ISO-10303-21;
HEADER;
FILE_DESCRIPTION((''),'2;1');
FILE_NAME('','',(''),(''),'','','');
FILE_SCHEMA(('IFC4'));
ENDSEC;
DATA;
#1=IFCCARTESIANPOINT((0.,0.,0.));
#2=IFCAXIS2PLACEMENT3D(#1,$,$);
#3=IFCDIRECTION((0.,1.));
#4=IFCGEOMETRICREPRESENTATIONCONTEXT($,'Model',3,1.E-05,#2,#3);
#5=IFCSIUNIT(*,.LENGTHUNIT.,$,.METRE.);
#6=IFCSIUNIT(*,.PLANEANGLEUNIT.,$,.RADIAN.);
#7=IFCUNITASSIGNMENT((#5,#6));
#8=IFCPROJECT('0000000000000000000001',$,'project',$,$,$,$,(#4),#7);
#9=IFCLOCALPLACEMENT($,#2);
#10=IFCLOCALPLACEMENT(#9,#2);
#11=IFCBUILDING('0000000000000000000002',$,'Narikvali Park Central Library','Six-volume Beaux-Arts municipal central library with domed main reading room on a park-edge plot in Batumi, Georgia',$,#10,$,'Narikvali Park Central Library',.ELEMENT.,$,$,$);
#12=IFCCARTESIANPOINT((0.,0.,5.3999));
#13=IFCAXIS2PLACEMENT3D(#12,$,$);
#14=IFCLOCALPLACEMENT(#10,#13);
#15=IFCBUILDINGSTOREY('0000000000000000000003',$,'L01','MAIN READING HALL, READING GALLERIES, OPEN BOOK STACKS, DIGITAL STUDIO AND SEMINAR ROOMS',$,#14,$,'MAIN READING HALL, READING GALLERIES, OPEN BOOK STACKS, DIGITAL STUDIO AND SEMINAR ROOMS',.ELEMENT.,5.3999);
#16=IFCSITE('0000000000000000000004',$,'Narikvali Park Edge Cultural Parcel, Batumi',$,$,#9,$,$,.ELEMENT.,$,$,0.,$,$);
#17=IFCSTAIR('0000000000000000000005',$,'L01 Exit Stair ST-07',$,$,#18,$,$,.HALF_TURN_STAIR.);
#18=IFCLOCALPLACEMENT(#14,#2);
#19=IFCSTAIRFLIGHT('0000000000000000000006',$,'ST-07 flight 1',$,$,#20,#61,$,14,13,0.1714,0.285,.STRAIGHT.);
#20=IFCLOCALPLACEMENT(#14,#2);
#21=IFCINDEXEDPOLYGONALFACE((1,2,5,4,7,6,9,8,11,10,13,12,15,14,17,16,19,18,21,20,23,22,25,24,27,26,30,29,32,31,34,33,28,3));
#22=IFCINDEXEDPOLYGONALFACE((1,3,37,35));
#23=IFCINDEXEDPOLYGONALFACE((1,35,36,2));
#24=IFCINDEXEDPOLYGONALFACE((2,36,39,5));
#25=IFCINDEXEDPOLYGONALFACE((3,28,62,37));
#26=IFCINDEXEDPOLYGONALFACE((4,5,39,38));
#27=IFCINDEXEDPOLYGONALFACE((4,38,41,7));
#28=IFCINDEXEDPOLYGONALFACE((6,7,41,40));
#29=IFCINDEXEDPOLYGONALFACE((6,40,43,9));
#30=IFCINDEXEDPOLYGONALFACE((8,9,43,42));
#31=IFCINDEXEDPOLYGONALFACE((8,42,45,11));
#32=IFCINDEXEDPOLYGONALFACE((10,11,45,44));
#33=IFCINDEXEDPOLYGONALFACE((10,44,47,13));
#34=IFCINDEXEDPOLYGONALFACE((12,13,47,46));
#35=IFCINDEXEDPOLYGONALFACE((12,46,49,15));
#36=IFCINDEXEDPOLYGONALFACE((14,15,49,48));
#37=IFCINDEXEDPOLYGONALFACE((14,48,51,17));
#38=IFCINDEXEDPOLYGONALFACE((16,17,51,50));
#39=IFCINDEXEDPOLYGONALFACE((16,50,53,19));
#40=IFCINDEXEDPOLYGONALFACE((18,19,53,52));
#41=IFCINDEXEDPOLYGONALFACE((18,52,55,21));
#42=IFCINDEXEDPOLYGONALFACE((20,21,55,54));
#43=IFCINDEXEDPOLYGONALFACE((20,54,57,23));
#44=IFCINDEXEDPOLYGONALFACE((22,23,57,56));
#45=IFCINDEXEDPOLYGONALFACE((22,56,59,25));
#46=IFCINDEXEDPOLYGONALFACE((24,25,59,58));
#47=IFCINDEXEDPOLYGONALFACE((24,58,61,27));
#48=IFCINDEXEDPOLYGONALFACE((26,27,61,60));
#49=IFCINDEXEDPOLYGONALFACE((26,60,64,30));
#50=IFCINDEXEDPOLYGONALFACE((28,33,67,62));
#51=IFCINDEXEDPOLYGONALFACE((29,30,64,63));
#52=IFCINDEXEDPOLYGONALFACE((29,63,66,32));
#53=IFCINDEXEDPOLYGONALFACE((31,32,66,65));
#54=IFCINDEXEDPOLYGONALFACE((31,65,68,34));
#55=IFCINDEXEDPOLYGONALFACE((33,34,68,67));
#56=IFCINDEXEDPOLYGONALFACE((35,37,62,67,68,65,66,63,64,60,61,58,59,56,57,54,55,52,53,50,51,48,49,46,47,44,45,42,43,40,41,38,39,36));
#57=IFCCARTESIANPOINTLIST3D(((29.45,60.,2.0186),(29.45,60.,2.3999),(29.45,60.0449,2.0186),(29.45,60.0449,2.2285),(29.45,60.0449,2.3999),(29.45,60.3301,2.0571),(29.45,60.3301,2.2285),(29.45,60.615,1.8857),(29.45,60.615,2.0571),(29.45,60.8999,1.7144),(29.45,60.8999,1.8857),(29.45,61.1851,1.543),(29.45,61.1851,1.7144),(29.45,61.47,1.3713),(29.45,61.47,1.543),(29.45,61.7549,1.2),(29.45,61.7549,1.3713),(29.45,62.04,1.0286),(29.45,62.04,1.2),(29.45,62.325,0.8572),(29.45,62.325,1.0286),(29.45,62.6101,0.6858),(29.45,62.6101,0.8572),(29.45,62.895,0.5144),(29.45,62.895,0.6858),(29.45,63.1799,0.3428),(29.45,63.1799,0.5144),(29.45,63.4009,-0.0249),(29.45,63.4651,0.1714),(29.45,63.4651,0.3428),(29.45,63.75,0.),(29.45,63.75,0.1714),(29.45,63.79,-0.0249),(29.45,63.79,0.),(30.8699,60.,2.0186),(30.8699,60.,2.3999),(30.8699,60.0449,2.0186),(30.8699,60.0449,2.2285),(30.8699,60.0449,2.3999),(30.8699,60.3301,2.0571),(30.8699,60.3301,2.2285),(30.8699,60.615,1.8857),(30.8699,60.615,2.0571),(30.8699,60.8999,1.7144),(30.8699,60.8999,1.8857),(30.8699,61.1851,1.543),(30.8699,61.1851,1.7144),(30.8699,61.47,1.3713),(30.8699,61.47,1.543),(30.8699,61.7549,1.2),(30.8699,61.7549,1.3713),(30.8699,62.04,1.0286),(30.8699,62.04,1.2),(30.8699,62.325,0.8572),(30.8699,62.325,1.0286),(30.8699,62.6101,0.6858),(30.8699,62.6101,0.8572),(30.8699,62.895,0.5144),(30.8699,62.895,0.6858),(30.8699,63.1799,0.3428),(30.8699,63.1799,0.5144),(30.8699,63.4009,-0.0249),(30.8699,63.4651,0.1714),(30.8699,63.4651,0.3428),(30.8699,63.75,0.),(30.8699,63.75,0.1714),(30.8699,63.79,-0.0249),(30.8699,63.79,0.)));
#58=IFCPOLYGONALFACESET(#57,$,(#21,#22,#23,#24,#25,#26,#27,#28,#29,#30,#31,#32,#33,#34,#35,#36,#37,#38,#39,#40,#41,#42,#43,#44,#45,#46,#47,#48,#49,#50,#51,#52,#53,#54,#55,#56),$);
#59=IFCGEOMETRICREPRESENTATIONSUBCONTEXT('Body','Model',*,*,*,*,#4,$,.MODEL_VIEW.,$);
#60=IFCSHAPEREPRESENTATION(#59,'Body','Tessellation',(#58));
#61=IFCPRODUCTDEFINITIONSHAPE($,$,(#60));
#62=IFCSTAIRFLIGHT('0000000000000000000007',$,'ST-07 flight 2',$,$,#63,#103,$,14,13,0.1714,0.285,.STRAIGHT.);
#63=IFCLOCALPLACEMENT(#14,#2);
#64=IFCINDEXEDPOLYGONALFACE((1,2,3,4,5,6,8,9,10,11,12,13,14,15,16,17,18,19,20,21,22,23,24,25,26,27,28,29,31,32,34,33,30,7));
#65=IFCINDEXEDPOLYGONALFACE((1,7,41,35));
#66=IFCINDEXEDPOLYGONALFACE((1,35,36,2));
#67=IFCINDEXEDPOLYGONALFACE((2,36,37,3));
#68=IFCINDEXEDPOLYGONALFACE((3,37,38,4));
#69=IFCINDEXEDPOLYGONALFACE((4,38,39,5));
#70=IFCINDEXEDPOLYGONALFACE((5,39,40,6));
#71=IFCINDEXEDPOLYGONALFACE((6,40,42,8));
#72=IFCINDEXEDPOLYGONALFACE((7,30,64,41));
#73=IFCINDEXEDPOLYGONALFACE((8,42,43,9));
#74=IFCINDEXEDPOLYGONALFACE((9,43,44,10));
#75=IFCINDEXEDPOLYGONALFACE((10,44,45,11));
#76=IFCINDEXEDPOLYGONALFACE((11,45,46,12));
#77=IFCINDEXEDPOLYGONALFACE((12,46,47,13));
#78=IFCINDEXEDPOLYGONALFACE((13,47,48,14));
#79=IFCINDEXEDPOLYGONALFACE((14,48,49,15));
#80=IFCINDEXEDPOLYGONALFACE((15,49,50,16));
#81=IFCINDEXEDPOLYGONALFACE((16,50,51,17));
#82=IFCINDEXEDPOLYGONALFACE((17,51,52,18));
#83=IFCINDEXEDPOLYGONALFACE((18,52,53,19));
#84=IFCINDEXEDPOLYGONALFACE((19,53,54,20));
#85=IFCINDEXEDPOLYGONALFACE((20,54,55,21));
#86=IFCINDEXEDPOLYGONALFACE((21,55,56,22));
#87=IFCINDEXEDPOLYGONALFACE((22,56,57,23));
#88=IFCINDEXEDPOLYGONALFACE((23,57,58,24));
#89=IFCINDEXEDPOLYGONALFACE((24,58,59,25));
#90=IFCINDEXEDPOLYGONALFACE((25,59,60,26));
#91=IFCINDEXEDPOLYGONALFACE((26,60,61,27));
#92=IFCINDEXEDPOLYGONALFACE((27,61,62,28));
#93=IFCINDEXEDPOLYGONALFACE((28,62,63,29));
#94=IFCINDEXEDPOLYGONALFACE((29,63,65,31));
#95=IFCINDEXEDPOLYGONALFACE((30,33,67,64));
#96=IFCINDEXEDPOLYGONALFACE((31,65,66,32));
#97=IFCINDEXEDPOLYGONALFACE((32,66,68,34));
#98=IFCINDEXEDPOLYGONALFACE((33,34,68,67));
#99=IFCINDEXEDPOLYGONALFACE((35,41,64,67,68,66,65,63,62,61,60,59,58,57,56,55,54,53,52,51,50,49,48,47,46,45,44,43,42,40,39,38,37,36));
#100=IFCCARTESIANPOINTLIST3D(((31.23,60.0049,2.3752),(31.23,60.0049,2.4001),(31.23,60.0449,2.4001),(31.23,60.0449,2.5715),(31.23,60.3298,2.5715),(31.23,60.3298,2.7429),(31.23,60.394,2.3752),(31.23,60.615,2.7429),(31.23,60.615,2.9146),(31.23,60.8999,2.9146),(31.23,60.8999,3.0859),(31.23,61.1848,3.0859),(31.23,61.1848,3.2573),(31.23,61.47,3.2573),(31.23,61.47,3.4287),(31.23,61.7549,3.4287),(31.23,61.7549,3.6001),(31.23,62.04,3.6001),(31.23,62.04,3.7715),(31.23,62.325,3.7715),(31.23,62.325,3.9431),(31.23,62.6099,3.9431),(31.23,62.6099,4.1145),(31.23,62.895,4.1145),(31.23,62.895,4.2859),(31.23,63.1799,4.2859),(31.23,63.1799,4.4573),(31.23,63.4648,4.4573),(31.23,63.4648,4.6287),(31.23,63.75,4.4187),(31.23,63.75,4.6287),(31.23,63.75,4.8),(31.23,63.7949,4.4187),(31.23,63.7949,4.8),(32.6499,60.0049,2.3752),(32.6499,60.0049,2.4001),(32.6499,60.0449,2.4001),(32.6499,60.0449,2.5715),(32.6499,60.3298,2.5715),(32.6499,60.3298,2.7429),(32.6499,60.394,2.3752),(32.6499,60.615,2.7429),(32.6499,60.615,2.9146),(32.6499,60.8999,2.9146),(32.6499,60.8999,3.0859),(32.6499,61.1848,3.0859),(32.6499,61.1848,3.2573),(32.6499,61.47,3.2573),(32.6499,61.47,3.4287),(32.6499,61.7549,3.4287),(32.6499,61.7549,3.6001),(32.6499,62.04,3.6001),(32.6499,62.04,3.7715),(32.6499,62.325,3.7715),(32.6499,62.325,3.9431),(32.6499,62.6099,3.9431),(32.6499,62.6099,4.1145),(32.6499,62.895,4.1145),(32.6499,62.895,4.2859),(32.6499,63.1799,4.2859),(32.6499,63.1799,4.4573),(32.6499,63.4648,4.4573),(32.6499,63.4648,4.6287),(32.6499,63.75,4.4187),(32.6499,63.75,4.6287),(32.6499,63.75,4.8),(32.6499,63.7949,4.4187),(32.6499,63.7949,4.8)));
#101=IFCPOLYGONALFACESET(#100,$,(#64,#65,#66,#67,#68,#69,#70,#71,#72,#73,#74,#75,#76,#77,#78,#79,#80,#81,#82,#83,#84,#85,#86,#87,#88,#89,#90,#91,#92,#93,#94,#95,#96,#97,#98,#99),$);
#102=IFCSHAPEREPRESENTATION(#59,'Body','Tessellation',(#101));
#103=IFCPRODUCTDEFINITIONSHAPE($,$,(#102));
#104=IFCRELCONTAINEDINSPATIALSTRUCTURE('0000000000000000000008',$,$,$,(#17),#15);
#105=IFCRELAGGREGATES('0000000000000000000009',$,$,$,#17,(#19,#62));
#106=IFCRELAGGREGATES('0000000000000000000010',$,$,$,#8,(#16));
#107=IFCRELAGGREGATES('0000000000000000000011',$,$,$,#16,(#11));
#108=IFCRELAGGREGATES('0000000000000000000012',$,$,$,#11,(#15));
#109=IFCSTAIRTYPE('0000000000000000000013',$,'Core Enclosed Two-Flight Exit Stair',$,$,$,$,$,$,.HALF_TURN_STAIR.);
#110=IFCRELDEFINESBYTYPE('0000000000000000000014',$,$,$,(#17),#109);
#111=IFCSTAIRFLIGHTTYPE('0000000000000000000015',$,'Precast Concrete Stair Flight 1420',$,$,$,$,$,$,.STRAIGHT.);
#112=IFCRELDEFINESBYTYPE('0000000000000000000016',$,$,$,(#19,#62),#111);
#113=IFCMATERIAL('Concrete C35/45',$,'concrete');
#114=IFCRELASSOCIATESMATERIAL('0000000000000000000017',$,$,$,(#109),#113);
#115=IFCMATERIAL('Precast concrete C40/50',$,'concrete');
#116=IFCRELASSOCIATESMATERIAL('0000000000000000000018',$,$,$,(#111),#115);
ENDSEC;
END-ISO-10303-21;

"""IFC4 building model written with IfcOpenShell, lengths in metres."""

from ifc_helpers import new_model, si_unit, direction, frame, origin, place, context, subcontext, project, spatial, polyline, outline, extrude, material, type_object, element, aggregate, save


model = new_model("IFC4")

# Units and contexts
model_context = context("Model", 3, precision=1e-05, world=origin(), true_north=direction((0.0, 1.0)))
body_context = subcontext(model_context, "Body", "Model", "MODEL_VIEW")
ifc_project = project(units=[si_unit("LENGTHUNIT", "METRE"), si_unit("PLANEANGLEUNIT", "RADIAN")], contexts=[model_context])

# Site, building, storey
site_placement = place(None, origin())
site = spatial("IfcSite", under=ifc_project, at=site_placement, Name="Narikvali Park Edge Cultural Parcel, Batumi", CompositionType="ELEMENT", RefElevation=0.0)
building_placement = place(site_placement, origin())
building = spatial("IfcBuilding", under=site, at=building_placement, Name="Narikvali Park Central Library", Description="Six-volume Beaux-Arts municipal central library with domed main reading room on a park-edge plot in Batumi, Georgia", LongName="Narikvali Park Central Library", CompositionType="ELEMENT")
storey_placement = place(building_placement, frame((0.0, 0.0, 5.3999)))
storey = spatial("IfcBuildingStorey", under=building, at=storey_placement, Name="L01", Description="MAIN READING HALL, READING GALLERIES, OPEN BOOK STACKS, DIGITAL STUDIO AND SEMINAR ROOMS", LongName="MAIN READING HALL, READING GALLERIES, OPEN BOOK STACKS, DIGITAL STUDIO AND SEMINAR ROOMS", CompositionType="ELEMENT", Elevation=5.3999)

# Stair, stair flights
ifc_material_1 = material(Name="Concrete C35/45", Category="concrete")
stair_type = type_object("IfcStairType", Name="Core Enclosed Two-Flight Exit Stair", PredefinedType="HALF_TURN_STAIR", material=ifc_material_1)
stair_placement = place(storey_placement, origin())
stair = element("IfcStair", 1, at=stair_placement, inside=storey, type_object=stair_type, Name="L01 Exit Stair ST-07", PredefinedType="HALF_TURN_STAIR")
ifc_material_2 = material(Name="Precast concrete C40/50", Category="concrete")
stair_flight_type = type_object("IfcStairFlightType", Name="Precast Concrete Stair Flight 1420", PredefinedType="STRAIGHT", material=ifc_material_2)
stair_flight_1_placement = place(storey_placement, frame((30.1599, 63.75, 0.0), z_axis=(0.0, 0.0, 1.0), x_axis=(0.0, -1.0, 0.0)))
stair_flight_1 = element("IfcStairFlight", 2, at=stair_flight_1_placement, type_object=stair_flight_type, Name="ST-07 flight 1", NumberOfRisers=14, NumberOfTreads=13, PredefinedType="STRAIGHT", RiserHeight=0.1714, TreadLength=0.285, context=body_context, shape_type="SweptSolid", body=[
    extrude(outline(polyline([(-0.04, -0.0249), (-0.04, 0.0), (0.0, 0.0), (0.0, 0.1714), (0.2849, 0.1714), (0.2849, 0.3428), (0.5701, 0.3428), (0.5701, 0.5144), (0.855, 0.5144), (0.855, 0.6858), (1.1399, 0.6858), (1.1399, 0.8572), (1.425, 0.8572), (1.425, 1.0286), (1.71, 1.0286), (1.71, 1.2), (1.9951, 1.2), (1.9951, 1.3713), (2.28, 1.3713), (2.28, 1.543), (2.5649, 1.543), (2.5649, 1.7144), (2.8501, 1.7144), (2.8501, 1.8857), (3.135, 1.8857), (3.135, 2.0571), (3.4199, 2.0571), (3.4199, 2.2285), (3.7051, 2.2285), (3.7051, 2.3999), (3.75, 2.3999), (3.75, 2.0186), (3.7051, 2.0186), (0.3491, -0.0249), (-0.04, -0.0249)])), frame((0.0, 0.71, 0.0), z_axis=(0.0, -1.0, 0.0), x_axis=(1.0, 0.0, 0.0)), (0.0, 0.0, 1.0), 1.4199),
])
stair_flight_2_placement = place(storey_placement, frame((31.9399, 60.0449, 2.4001), z_axis=(0.0, 0.0, 1.0), x_axis=(0.0, 1.0, 0.0)))
stair_flight_2 = element("IfcStairFlight", 3, at=stair_flight_2_placement, type_object=stair_flight_type, Name="ST-07 flight 2", NumberOfRisers=14, NumberOfTreads=13, PredefinedType="STRAIGHT", RiserHeight=0.1714, TreadLength=0.285, context=body_context, shape_type="SweptSolid", body=[
    extrude(outline(polyline([(-0.04, -0.0249), (-0.04, 0.0), (0.0, 0.0), (0.0, 0.1714), (0.2849, 0.1714), (0.2849, 0.3428), (0.5701, 0.3428), (0.5701, 0.5144), (0.855, 0.5144), (0.855, 0.6858), (1.1399, 0.6858), (1.1399, 0.8572), (1.425, 0.8572), (1.425, 1.0286), (1.71, 1.0286), (1.71, 1.2), (1.9951, 1.2), (1.9951, 1.3713), (2.28, 1.3713), (2.28, 1.543), (2.5649, 1.543), (2.5649, 1.7144), (2.8501, 1.7144), (2.8501, 1.8857), (3.135, 1.8857), (3.135, 2.0571), (3.4199, 2.0571), (3.4199, 2.2285), (3.7051, 2.2285), (3.7051, 2.3999), (3.75, 2.3999), (3.75, 2.0186), (3.7051, 2.0186), (0.3491, -0.0249), (-0.04, -0.0249)])), frame((0.0, 0.71, 0.0), z_axis=(0.0, -1.0, 0.0), x_axis=(1.0, 0.0, 0.0)), (0.0, 0.0, 1.0), 1.4199),
])
aggregate(stair, [stair_flight_1, stair_flight_2])

save(model, "model.ifc")
